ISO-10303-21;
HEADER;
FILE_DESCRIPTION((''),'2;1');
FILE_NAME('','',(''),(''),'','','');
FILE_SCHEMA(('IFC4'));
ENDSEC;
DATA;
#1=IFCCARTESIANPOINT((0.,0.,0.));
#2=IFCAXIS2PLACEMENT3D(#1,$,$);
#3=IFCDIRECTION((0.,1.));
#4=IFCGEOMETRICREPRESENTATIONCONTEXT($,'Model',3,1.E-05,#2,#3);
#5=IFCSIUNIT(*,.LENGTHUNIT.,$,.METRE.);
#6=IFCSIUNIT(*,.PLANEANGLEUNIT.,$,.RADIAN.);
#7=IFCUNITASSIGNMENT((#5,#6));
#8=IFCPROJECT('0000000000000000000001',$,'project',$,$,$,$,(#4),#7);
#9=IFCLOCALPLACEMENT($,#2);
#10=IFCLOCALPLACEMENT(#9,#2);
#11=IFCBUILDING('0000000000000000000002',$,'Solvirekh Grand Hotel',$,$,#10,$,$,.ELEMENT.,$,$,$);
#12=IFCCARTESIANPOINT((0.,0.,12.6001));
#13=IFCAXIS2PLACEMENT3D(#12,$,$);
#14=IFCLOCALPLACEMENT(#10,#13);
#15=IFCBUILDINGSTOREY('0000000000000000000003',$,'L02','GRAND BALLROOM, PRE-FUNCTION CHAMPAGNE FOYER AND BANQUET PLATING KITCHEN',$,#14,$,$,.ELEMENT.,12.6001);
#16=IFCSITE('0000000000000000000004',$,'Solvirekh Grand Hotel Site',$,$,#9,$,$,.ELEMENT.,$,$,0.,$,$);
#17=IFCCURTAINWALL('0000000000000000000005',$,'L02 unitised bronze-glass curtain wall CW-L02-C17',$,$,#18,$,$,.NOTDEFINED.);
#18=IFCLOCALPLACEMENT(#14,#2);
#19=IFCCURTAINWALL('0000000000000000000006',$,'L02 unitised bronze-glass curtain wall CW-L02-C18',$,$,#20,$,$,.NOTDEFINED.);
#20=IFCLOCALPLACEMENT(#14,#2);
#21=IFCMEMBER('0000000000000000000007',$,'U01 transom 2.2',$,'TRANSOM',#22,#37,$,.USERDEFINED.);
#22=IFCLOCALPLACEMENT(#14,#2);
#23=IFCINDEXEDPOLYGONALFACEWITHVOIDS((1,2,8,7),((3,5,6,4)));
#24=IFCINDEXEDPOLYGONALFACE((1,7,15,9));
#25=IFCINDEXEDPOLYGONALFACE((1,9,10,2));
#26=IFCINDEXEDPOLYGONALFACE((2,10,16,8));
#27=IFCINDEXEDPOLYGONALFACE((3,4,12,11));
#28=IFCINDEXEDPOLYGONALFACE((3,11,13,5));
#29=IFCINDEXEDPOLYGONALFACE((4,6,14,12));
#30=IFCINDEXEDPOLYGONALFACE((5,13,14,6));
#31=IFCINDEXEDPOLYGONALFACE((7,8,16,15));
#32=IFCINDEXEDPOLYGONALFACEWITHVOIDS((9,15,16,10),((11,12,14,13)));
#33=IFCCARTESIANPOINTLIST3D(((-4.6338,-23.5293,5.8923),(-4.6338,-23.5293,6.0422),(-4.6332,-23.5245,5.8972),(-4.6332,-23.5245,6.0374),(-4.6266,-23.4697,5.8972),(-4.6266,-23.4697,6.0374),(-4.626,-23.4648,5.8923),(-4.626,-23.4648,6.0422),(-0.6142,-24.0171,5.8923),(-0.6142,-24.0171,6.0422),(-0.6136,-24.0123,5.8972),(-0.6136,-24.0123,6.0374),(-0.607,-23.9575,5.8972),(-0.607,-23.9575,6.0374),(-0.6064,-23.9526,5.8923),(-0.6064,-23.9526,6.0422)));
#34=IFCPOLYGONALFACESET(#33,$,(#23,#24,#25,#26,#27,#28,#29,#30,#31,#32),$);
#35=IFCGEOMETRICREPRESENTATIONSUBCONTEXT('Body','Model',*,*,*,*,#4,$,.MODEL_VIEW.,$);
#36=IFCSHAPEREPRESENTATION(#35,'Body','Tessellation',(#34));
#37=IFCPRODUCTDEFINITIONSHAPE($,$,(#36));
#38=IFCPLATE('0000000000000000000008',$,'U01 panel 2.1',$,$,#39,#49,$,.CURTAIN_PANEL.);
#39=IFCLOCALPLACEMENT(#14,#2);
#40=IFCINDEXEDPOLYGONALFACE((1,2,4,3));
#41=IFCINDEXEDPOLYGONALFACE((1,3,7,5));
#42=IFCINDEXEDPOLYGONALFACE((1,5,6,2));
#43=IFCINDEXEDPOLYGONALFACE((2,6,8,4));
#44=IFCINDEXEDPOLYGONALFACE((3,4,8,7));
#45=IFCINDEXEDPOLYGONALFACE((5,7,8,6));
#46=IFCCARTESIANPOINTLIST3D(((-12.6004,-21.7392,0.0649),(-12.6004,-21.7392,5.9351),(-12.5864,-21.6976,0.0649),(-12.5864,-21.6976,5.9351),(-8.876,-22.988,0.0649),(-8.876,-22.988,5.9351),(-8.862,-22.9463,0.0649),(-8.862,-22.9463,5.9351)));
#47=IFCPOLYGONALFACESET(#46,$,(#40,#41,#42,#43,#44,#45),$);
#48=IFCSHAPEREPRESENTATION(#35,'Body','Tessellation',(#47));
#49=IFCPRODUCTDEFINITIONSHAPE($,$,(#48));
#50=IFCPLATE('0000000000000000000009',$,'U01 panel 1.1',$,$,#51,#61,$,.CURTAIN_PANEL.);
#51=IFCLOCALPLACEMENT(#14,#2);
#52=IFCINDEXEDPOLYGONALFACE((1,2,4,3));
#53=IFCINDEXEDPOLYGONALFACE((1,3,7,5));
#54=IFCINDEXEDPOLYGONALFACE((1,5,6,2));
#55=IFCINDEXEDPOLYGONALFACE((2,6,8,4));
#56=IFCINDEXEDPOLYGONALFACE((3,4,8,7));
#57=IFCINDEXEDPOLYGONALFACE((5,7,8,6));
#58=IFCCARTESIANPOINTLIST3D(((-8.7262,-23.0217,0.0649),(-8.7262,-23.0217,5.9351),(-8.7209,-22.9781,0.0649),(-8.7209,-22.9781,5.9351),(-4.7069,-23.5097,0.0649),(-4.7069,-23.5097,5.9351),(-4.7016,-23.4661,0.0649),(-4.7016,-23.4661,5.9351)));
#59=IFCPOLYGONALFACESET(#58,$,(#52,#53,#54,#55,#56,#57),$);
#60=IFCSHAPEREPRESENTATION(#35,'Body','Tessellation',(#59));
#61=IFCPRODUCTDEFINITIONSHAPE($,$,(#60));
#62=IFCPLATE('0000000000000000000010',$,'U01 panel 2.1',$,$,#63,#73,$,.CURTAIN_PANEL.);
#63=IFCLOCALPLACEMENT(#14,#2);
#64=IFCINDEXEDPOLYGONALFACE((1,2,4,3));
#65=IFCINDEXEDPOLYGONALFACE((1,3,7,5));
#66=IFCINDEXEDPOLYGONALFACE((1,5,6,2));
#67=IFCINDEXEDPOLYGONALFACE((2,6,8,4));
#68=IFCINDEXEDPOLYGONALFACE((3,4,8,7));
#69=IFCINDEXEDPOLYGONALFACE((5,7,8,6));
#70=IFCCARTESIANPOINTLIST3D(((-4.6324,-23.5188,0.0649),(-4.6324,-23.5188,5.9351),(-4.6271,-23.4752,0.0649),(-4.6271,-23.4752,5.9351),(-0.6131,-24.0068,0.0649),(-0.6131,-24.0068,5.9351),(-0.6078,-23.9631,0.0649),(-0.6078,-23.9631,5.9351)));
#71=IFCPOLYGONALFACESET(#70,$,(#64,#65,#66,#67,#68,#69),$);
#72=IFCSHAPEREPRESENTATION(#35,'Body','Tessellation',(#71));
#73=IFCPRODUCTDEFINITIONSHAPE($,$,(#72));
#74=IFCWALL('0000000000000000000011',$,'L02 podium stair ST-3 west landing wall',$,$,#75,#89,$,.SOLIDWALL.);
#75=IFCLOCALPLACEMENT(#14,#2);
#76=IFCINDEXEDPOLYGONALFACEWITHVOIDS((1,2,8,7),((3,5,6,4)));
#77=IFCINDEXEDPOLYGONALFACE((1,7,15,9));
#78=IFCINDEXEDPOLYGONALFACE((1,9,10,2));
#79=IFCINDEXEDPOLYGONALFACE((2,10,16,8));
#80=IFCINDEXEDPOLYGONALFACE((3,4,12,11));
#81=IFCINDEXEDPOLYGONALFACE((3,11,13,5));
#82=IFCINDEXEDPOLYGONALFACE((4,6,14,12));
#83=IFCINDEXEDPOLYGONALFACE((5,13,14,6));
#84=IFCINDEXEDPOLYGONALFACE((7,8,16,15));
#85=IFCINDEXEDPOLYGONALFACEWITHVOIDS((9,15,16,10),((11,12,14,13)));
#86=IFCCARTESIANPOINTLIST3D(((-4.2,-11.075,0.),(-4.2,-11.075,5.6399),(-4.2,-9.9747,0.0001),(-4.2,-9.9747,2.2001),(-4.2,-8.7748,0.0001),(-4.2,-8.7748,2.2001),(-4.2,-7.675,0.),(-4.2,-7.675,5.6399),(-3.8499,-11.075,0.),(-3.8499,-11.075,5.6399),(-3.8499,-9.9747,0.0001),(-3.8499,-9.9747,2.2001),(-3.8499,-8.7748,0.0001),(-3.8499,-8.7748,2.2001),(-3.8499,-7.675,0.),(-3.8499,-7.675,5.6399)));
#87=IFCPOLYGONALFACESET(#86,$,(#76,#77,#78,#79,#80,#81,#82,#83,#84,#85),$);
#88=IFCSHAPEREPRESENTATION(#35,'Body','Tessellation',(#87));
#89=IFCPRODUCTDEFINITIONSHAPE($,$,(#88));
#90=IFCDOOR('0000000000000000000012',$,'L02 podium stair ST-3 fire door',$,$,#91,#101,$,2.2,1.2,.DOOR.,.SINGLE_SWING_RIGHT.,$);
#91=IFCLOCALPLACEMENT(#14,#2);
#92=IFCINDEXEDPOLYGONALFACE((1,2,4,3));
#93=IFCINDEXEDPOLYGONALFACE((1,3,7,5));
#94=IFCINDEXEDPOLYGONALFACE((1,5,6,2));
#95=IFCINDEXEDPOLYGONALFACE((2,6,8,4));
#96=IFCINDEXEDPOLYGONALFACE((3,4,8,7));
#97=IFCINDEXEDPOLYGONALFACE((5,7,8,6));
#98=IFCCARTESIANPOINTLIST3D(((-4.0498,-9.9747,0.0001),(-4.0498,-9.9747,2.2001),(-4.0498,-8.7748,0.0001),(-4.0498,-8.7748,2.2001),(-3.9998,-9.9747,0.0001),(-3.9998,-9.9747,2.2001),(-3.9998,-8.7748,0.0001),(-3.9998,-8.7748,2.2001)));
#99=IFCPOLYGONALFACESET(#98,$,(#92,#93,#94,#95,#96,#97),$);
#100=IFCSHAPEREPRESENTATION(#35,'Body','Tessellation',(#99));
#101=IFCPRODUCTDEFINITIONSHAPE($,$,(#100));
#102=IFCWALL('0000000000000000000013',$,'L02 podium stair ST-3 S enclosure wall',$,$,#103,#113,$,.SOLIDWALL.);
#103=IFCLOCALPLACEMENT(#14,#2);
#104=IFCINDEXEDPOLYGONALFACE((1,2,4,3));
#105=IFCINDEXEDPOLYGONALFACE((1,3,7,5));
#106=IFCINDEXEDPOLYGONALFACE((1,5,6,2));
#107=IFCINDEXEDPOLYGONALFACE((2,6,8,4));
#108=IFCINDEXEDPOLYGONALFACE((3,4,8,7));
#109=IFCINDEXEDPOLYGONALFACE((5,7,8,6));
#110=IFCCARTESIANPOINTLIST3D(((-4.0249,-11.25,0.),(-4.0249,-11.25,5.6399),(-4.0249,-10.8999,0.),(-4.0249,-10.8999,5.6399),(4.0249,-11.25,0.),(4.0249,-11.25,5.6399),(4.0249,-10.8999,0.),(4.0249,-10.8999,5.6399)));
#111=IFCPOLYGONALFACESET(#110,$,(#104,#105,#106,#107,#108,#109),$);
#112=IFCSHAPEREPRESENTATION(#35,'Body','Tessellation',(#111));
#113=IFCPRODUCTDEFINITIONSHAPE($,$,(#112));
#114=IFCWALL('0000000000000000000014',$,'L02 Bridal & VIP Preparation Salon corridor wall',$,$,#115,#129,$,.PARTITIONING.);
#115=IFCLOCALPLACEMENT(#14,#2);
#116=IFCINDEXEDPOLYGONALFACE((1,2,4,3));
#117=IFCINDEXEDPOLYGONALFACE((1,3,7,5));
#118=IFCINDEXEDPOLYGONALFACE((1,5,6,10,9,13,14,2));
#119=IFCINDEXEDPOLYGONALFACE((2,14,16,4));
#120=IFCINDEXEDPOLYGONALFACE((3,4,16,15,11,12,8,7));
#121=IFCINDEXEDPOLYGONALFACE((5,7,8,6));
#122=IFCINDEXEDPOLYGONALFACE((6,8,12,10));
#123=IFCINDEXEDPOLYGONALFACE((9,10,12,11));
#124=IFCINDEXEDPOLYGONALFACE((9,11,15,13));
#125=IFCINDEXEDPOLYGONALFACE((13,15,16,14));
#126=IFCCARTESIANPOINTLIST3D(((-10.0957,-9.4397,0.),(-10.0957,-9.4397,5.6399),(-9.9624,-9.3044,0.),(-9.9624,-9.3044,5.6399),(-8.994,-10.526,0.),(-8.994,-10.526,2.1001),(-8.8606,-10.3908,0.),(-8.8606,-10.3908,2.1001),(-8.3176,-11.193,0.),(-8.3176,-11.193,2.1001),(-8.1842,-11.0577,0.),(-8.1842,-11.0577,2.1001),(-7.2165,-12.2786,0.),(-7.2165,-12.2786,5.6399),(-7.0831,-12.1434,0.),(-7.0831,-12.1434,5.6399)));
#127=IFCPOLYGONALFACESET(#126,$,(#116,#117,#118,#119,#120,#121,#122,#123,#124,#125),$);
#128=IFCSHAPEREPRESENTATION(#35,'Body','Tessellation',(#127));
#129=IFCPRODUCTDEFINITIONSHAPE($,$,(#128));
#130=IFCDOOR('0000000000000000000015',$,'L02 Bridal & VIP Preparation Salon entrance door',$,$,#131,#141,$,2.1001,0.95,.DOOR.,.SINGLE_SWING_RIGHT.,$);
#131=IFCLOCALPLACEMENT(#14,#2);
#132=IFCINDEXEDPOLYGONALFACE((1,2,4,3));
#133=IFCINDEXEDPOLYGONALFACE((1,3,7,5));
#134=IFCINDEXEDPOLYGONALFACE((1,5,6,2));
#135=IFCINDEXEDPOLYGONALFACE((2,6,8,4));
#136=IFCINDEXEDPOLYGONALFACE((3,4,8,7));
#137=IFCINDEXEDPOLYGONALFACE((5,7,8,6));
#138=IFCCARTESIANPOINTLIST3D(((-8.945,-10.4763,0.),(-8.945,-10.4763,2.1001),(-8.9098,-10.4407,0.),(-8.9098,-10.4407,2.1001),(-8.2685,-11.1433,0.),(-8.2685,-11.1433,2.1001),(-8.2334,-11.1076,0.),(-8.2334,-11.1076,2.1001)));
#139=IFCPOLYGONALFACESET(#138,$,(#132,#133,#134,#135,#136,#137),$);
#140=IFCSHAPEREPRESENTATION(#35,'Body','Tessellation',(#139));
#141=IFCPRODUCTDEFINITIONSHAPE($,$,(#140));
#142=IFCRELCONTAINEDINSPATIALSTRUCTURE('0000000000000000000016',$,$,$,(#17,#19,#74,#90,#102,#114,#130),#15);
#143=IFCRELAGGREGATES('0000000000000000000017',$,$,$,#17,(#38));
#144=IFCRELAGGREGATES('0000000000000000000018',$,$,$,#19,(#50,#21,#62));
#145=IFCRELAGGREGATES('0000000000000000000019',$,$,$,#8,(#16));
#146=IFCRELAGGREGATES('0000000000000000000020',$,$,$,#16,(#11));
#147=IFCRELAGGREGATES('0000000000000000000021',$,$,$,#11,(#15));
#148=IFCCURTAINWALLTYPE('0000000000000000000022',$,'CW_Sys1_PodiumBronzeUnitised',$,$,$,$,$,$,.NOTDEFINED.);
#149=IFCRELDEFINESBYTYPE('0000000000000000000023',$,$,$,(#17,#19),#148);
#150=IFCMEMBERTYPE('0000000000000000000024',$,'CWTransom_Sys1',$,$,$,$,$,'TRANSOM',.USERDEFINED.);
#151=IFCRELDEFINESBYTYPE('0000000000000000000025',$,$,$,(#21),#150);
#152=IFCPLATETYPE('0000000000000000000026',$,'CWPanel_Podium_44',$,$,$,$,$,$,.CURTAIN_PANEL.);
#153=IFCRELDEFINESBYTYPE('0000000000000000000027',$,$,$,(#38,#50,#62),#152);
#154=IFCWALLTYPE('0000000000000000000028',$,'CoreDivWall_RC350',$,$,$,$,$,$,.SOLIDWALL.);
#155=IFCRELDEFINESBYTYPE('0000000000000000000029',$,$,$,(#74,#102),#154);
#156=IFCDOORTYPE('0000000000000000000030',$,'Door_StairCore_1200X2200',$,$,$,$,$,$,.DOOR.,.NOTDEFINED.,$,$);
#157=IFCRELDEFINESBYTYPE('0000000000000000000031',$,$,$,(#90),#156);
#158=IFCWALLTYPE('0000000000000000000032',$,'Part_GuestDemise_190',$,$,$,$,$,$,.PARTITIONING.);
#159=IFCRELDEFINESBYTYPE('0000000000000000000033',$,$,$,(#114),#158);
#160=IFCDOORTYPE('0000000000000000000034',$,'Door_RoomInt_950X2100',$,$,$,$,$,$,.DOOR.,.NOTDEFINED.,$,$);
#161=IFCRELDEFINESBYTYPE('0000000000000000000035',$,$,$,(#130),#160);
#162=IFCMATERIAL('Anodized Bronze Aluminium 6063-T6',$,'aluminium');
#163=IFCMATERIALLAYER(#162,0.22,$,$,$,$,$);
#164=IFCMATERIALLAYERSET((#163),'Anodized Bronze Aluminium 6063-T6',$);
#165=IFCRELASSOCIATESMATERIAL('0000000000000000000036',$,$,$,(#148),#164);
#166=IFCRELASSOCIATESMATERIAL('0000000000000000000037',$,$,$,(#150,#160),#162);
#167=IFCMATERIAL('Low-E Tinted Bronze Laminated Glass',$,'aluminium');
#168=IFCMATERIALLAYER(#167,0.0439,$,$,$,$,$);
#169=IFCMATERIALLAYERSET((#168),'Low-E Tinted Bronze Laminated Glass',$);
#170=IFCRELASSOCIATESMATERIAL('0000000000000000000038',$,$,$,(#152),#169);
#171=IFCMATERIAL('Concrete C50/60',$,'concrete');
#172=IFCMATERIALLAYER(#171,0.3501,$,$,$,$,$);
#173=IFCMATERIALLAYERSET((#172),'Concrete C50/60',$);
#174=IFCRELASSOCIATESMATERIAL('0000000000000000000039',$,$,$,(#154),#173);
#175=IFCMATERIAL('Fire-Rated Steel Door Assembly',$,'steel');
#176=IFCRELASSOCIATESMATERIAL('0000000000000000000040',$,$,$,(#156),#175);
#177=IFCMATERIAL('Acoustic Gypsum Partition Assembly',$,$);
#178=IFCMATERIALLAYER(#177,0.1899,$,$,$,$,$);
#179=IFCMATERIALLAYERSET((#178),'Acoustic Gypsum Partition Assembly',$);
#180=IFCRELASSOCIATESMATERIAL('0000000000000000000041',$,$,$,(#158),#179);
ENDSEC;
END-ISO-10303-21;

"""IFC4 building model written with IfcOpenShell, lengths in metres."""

from ifc_helpers import new_model, si_unit, direction, frame, frame_2d, origin, origin_2d, place, context, subcontext, project, spatial, rectangle, hollow_rectangle, extrude, source, transform, mapped, material, layer, layer_set, material_profile, profile_set, type_object, element, fill, aggregate, save


model = new_model("IFC4")

# Units and contexts
model_context = context("Model", 3, precision=1e-05, world=origin(), true_north=direction((0.0, 1.0)))
body_context = subcontext(model_context, "Body", "Model", "MODEL_VIEW")
ifc_project = project(units=[si_unit("LENGTHUNIT", "METRE"), si_unit("PLANEANGLEUNIT", "RADIAN")], contexts=[model_context])

# Site, building, storey
site_placement = place(None, origin())
site = spatial("IfcSite", under=ifc_project, at=site_placement, Name="Solvirekh Grand Hotel Site", CompositionType="ELEMENT", RefElevation=0.0)
building_placement = place(site_placement, origin())
building = spatial("IfcBuilding", under=site, at=building_placement, Name="Solvirekh Grand Hotel", CompositionType="ELEMENT")
storey_placement = place(building_placement, frame((0.0, 0.0, 12.6001)))
storey = spatial("IfcBuildingStorey", under=building, at=storey_placement, Name="L02", Description="GRAND BALLROOM, PRE-FUNCTION CHAMPAGNE FOYER AND BANQUET PLATING KITCHEN", CompositionType="ELEMENT", Elevation=12.6001)

# Curtain wall
ifc_material_1 = material(Name="Anodized Bronze Aluminium 6063-T6", Category="aluminium")
ifc_layer_1 = layer(ifc_material_1, 0.22)
ifc_layer_set_1 = layer_set([ifc_layer_1], Name="Anodized Bronze Aluminium 6063-T6")
curtain_wall_type = type_object("IfcCurtainWallType", Name="CW_Sys1_PodiumBronzeUnitised", PredefinedType="NOTDEFINED", material=ifc_layer_set_1)
curtain_wall_1_placement = place(storey_placement, origin())
curtain_wall_1 = element("IfcCurtainWall", 1, at=curtain_wall_1_placement, inside=storey, type_object=curtain_wall_type, Name="L02 unitised bronze-glass curtain wall CW-L02-C17", PredefinedType="NOTDEFINED")

# Curtain wall, member
curtain_wall_2_placement = place(storey_placement, origin())
curtain_wall_2 = element("IfcCurtainWall", 2, at=curtain_wall_2_placement, inside=storey, type_object=curtain_wall_type, Name="L02 unitised bronze-glass curtain wall CW-L02-C18", PredefinedType="NOTDEFINED")
ifc_material_profile_1 = material_profile(ifc_material_1, hollow_rectangle(XDim=0.0649, YDim=0.1499, WallThickness=0.0049, at=origin_2d()), Name="ALU RHS 150X65X5")
ifc_profile_set_1 = profile_set([ifc_material_profile_1], Name="Anodized Bronze Aluminium 6063-T6")
member_type_1 = type_object("IfcMemberType", Name="CWTransom_Sys1", ElementType="TRANSOM", PredefinedType="USERDEFINED", material=ifc_profile_set_1)
shared_shape_1 = source(origin(), body_context, "Body", "SweptSolid", [
    extrude(hollow_rectangle(XDim=0.0649, YDim=0.1499, WallThickness=0.0049, at=origin_2d()), origin(), (0.0, 0.0, 1.0), 4.0491),
])
member_1_placement = place(storey_placement, frame((-4.6299, -23.4971, 5.9673), z_axis=(0.992717, -0.120472, 0.0), x_axis=(0.120472, 0.992717, 0.0)))
member_1 = element("IfcMember", 3, at=member_1_placement, type_object=member_type_1, Name="U01 transom 2.2", ObjectType="TRANSOM", PredefinedType="USERDEFINED", context=body_context, shape_type="MappedRepresentation", body=[
    mapped(shared_shape_1, transform((0.0, 0.0, 0.0), x_axis=(1.0, 0.0, 0.0), y_axis=(0.0, 1.0, 0.0), z_axis=(0.0, 0.0, 1.0), scale=1.0)),
])

# Plates
ifc_material_2 = material(Name="Low-E Tinted Bronze Laminated Glass", Category="aluminium")
ifc_layer_2 = layer(ifc_material_2, 0.0439)
ifc_layer_set_2 = layer_set([ifc_layer_2], Name="Low-E Tinted Bronze Laminated Glass")
plate_type = type_object("IfcPlateType", Name="CWPanel_Podium_44", PredefinedType="CURTAIN_PANEL", material=ifc_layer_set_2)
shared_shape_2 = source(origin(), body_context, "Body", "SweptSolid", [
    extrude(rectangle(XDim=3.9282, YDim=0.0439, at=origin_2d()), origin(), (0.0, 0.0, 1.0), 5.8701),
])
plate_1_placement = place(storey_placement, frame((-10.7312, -22.3428, 0.0649), z_axis=(0.0, 0.0, 1.0), x_axis=(0.948125, -0.317898, 0.0)))
plate_1 = element("IfcPlate", 4, at=plate_1_placement, type_object=plate_type, Name="U01 panel 2.1", PredefinedType="CURTAIN_PANEL", context=body_context, shape_type="MappedRepresentation", body=[
    mapped(shared_shape_2, transform((0.0, 0.0, 0.0), x_axis=(1.0, 0.0, 0.0), y_axis=(0.0, 1.0, 0.0), z_axis=(0.0, 0.0, 1.0), scale=1.0)),
])
aggregate(curtain_wall_1, [plate_1])
shared_shape_3 = source(origin(), body_context, "Body", "SweptSolid", [
    extrude(rectangle(XDim=4.0488, YDim=0.0439, at=origin_2d()), origin(), (0.0, 0.0, 1.0), 5.8701),
])
plate_2_placement = place(storey_placement, frame((-6.7139, -23.2439, 0.0649), z_axis=(0.0, 0.0, 1.0), x_axis=(0.992712, -0.120514, 0.0)))
plate_2 = element("IfcPlate", 5, at=plate_2_placement, type_object=plate_type, Name="U01 panel 1.1", PredefinedType="CURTAIN_PANEL", context=body_context, shape_type="MappedRepresentation", body=[
    mapped(shared_shape_3, transform((0.0, 0.0, 0.0), x_axis=(1.0, 0.0, 0.0), y_axis=(0.0, 1.0, 0.0), z_axis=(0.0, 0.0, 1.0), scale=1.0)),
])
plate_3_placement = place(storey_placement, frame((-2.6201, -23.741, 0.0649), z_axis=(0.0, 0.0, 1.0), x_axis=(0.992712, -0.120514, 0.0)))
plate_3 = element("IfcPlate", 6, at=plate_3_placement, type_object=plate_type, Name="U01 panel 2.1", PredefinedType="CURTAIN_PANEL", context=body_context, shape_type="MappedRepresentation", body=[
    mapped(shared_shape_3, transform((0.0, 0.0, 0.0), x_axis=(1.0, 0.0, 0.0), y_axis=(0.0, 1.0, 0.0), z_axis=(0.0, 0.0, 1.0), scale=1.0)),
])
aggregate(curtain_wall_2, [plate_2, member_1, plate_3])

# Wall, opening, door
ifc_material_3 = material(Name="Concrete C50/60", Category="concrete")
ifc_layer_3 = layer(ifc_material_3, 0.3501)
ifc_layer_set_3 = layer_set([ifc_layer_3], Name="Concrete C50/60")
wall_type_1 = type_object("IfcWallType", Name="CoreDivWall_RC350", PredefinedType="SOLIDWALL", material=ifc_layer_set_3)
wall_1_placement = place(storey_placement, frame((-4.0249, -11.075, 0.0), z_axis=(0.0, 0.0, 1.0), x_axis=(0.0, 1.0, 0.0)))
wall_1 = element("IfcWall", 7, at=wall_1_placement, inside=storey, type_object=wall_type_1, Name="L02 podium stair ST-3 west landing wall", PredefinedType="SOLIDWALL", context=body_context, shape_type="SweptSolid", body=[
    extrude(rectangle(XDim=3.3999, YDim=0.3501, at=frame_2d((1.7, 0.0))), origin(), (0.0, 0.0, 1.0), 5.6399),
])
opening_1_placement = place(wall_1_placement, frame((1.1001, 0.0, 0.0)))
opening_1 = element("IfcOpeningElement", 8, at=opening_1_placement, cuts=wall_1, PredefinedType="OPENING", context=body_context, shape_type="SweptSolid", body=[
    extrude(rectangle(XDim=1.2, YDim=2.2, at=frame_2d((0.6001, 1.1001))), frame((0.0, 0.1851, 0.0), z_axis=(0.0, -1.0, 0.0), x_axis=(1.0, 0.0, 0.0)), (0.0, 0.0, 1.0), 0.3701),
])
ifc_material_4 = material(Name="Fire-Rated Steel Door Assembly", Category="steel")
door_type_1 = type_object("IfcDoorType", Name="Door_StairCore_1200X2200", OperationType="NOTDEFINED", PredefinedType="DOOR", material=ifc_material_4)
door_1_placement = place(opening_1_placement, origin())
door_1 = element("IfcDoor", 9, at=door_1_placement, inside=storey, type_object=door_type_1, Name="L02 podium stair ST-3 fire door", OperationType="SINGLE_SWING_RIGHT", OverallHeight=2.2, OverallWidth=1.2, PredefinedType="DOOR", context=body_context, shape_type="SweptSolid", body=[
    extrude(rectangle(XDim=1.2, YDim=2.2, at=frame_2d((0.6001, 1.1001))), frame((0.0, 0.0249, 0.0), z_axis=(0.0, -1.0, 0.0), x_axis=(1.0, 0.0, 0.0)), (0.0, 0.0, 1.0), 0.05),
])
fill(opening_1, door_1)

# Wall
wall_2_placement = place(storey_placement, frame((-4.0249, -11.075, 0.0), z_axis=(0.0, 0.0, 1.0), x_axis=(1.0, 0.0, 0.0)))
element("IfcWall", 10, at=wall_2_placement, inside=storey, type_object=wall_type_1, Name="L02 podium stair ST-3 S enclosure wall", PredefinedType="SOLIDWALL", context=body_context, shape_type="SweptSolid", body=[
    extrude(rectangle(XDim=8.0498, YDim=0.3501, at=frame_2d((4.0249, 0.0))), origin(), (0.0, 0.0, 1.0), 5.6399),
])

# Wall, opening, door
ifc_material_5 = material(Name="Acoustic Gypsum Partition Assembly")
ifc_layer_4 = layer(ifc_material_5, 0.1899)
ifc_layer_set_4 = layer_set([ifc_layer_4], Name="Acoustic Gypsum Partition Assembly")
wall_type_2 = type_object("IfcWallType", Name="Part_GuestDemise_190", PredefinedType="PARTITIONING", material=ifc_layer_set_4)
wall_3_placement = place(storey_placement, frame((-10.0291, -9.3721, 0.0), z_axis=(0.0, 0.0, 1.0), x_axis=(0.712071, -0.702108, 0.0)))
wall_3 = element("IfcWall", 11, at=wall_3_placement, inside=storey, type_object=wall_type_2, Name="L02 Bridal & VIP Preparation Salon corridor wall", PredefinedType="PARTITIONING", context=body_context, shape_type="SweptSolid", body=[
    extrude(rectangle(XDim=4.0435, YDim=0.1899, at=frame_2d((2.0217, 0.0))), origin(), (0.0, 0.0, 1.0), 5.6399),
])
opening_2_placement = place(wall_3_placement, frame((1.5471, 0.0, 0.0)))
opening_2 = element("IfcOpeningElement", 12, at=opening_2_placement, cuts=wall_3, PredefinedType="OPENING", context=body_context, shape_type="SweptSolid", body=[
    extrude(rectangle(XDim=0.95, YDim=2.1001, at=frame_2d((0.4751, 1.05))), frame((0.0, 0.105, 0.0), z_axis=(0.0, -1.0, 0.0), x_axis=(1.0, 0.0, 0.0)), (0.0, 0.0, 1.0), 0.21),
])
door_type_2 = type_object("IfcDoorType", Name="Door_RoomInt_950X2100", OperationType="NOTDEFINED", PredefinedType="DOOR", material=ifc_material_1)
door_2_placement = place(opening_2_placement, origin())
door_2 = element("IfcDoor", 13, at=door_2_placement, inside=storey, type_object=door_type_2, Name="L02 Bridal & VIP Preparation Salon entrance door", OperationType="SINGLE_SWING_RIGHT", OverallHeight=2.1001, OverallWidth=0.95, PredefinedType="DOOR", context=body_context, shape_type="SweptSolid", body=[
    extrude(rectangle(XDim=0.95, YDim=2.1001, at=frame_2d((0.4751, 1.05))), frame((0.0, 0.0249, 0.0), z_axis=(0.0, -1.0, 0.0), x_axis=(1.0, 0.0, 0.0)), (0.0, 0.0, 1.0), 0.05),
])
fill(opening_2, door_2)

save(model, "model.ifc")
